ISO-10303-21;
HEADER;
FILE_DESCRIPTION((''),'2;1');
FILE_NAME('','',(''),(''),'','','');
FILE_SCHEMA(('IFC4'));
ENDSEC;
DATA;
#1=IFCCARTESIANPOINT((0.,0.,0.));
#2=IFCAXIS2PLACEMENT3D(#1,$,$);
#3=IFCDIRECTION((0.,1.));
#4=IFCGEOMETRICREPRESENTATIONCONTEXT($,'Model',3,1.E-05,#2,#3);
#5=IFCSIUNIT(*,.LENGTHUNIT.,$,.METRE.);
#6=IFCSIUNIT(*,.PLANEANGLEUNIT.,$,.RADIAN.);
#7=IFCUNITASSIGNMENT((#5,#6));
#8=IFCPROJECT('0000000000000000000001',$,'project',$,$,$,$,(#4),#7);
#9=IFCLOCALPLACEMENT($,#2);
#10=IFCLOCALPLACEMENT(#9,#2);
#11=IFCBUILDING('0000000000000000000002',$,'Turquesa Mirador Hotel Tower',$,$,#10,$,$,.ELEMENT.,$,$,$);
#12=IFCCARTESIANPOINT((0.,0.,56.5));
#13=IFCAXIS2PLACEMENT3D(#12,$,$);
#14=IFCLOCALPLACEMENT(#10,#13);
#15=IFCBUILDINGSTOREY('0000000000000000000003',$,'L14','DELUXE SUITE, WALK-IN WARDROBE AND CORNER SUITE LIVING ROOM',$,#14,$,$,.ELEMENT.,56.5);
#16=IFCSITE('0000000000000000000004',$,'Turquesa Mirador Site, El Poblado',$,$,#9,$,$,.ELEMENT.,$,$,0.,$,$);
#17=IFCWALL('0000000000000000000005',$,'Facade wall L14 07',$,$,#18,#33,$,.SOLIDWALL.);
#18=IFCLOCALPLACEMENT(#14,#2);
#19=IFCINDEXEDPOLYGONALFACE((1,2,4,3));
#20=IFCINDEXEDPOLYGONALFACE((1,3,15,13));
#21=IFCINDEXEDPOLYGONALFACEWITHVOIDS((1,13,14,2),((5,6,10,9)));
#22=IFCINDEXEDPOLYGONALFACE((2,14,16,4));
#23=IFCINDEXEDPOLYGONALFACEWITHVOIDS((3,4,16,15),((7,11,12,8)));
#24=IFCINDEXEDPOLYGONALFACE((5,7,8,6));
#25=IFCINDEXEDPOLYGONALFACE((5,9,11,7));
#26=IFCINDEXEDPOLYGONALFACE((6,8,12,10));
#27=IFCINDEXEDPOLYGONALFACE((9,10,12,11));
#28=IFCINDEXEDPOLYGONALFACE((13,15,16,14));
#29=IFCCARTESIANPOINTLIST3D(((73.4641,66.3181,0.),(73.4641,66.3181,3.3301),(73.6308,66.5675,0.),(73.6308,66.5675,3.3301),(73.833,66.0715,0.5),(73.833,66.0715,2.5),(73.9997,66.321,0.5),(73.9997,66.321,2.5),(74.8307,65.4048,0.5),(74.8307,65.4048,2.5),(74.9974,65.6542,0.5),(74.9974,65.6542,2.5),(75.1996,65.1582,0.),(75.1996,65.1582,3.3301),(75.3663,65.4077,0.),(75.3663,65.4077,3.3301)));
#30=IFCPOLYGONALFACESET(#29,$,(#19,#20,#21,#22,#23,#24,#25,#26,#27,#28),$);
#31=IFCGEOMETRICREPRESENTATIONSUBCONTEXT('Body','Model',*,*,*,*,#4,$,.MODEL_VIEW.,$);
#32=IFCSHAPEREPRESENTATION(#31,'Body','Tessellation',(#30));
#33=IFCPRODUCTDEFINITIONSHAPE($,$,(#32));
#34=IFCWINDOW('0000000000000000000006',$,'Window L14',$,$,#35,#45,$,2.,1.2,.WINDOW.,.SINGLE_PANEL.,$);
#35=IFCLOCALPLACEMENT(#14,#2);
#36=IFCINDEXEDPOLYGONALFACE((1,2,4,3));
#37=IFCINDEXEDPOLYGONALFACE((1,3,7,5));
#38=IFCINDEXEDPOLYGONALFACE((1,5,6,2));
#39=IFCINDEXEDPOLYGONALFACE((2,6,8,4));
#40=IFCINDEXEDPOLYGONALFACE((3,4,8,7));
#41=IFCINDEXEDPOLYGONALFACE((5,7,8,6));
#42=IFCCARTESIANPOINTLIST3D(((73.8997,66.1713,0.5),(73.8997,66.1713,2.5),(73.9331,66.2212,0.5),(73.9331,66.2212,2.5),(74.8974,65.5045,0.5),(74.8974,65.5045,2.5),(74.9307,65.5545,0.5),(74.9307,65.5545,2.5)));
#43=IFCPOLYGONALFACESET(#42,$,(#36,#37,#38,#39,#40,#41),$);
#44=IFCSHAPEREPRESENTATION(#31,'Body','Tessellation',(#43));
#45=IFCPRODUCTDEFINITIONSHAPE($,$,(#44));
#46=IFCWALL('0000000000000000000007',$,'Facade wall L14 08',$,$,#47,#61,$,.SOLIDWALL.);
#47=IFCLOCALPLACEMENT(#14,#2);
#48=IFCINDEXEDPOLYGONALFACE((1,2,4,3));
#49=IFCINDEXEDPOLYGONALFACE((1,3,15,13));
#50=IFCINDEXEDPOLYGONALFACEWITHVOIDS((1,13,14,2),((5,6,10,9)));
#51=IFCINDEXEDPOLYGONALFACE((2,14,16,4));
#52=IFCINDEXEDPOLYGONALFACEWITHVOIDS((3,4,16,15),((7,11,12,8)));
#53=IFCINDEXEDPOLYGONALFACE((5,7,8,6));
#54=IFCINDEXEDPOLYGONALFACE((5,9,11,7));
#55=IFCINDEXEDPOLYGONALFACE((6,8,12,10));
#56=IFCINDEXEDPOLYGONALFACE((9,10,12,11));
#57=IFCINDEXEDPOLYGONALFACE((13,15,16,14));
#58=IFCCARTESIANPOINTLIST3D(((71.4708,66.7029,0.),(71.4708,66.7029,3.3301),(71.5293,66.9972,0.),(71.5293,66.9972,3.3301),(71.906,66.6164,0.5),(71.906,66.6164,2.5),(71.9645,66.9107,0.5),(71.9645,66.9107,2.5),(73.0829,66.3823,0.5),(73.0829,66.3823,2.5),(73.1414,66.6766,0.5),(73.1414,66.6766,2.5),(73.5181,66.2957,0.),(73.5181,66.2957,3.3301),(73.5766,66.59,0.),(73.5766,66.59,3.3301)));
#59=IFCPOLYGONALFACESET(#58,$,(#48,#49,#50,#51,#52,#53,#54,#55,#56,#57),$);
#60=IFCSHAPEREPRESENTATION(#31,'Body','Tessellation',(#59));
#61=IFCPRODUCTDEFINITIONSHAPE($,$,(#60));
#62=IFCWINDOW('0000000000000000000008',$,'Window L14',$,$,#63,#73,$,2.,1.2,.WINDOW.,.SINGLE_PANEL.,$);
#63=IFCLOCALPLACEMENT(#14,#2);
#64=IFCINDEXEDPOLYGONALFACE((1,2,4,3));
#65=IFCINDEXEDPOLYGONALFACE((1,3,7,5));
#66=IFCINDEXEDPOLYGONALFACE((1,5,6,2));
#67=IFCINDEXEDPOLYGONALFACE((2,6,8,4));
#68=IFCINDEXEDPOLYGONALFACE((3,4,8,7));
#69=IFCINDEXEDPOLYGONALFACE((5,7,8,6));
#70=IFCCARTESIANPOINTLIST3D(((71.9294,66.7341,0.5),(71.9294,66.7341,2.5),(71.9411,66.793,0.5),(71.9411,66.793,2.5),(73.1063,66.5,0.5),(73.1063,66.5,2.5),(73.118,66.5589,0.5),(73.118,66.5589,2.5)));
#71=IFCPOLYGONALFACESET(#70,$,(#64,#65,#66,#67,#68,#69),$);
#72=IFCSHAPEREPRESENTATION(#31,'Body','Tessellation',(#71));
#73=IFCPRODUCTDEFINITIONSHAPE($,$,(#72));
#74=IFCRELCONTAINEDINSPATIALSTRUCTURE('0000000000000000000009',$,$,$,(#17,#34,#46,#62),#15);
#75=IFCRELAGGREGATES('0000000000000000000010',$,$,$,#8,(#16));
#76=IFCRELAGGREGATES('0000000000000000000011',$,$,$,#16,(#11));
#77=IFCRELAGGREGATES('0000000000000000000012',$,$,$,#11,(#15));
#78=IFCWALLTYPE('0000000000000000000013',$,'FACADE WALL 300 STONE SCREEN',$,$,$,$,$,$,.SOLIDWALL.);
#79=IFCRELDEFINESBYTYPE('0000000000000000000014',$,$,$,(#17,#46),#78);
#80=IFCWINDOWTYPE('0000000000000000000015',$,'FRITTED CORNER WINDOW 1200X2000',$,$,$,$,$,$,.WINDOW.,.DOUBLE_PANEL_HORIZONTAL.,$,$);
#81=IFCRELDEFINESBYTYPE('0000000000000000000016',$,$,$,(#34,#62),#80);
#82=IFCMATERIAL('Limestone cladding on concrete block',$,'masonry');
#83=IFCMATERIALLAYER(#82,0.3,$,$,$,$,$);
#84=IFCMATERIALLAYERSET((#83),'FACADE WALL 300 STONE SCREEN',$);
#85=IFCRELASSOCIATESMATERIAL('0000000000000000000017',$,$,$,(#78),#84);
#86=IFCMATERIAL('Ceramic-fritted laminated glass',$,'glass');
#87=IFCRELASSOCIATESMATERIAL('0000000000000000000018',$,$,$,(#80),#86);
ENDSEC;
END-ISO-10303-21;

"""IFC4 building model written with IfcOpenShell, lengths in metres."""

from ifc_helpers import new_model, si_unit, direction, frame, frame_2d, origin, place, context, subcontext, project, spatial, rectangle, extrude, material, layer, layer_set, type_object, element, fill, save


model = new_model("IFC4")

# Units and contexts
model_context = context("Model", 3, precision=1e-05, world=origin(), true_north=direction((0.0, 1.0)))
body_context = subcontext(model_context, "Body", "Model", "MODEL_VIEW")
ifc_project = project(units=[si_unit("LENGTHUNIT", "METRE"), si_unit("PLANEANGLEUNIT", "RADIAN")], contexts=[model_context])

# Site, building, storey
site_placement = place(None, origin())
site = spatial("IfcSite", under=ifc_project, at=site_placement, Name="Turquesa Mirador Site, El Poblado", CompositionType="ELEMENT", RefElevation=0.0)
building_placement = place(site_placement, origin())
building = spatial("IfcBuilding", under=site, at=building_placement, Name="Turquesa Mirador Hotel Tower", CompositionType="ELEMENT")
storey_placement = place(building_placement, frame((0.0, 0.0, 56.5)))
storey = spatial("IfcBuildingStorey", under=building, at=storey_placement, Name="L14", Description="DELUXE SUITE, WALK-IN WARDROBE AND CORNER SUITE LIVING ROOM", CompositionType="ELEMENT", Elevation=56.5)

# Walls, openings, windows
ifc_material_1 = material(Name="Limestone cladding on concrete block", Category="masonry")
ifc_layer = layer(ifc_material_1, 0.3)
ifc_layer_set = layer_set([ifc_layer], Name="FACADE WALL 300 STONE SCREEN")
wall_type = type_object("IfcWallType", Name="FACADE WALL 300 STONE SCREEN", PredefinedType="SOLIDWALL", material=ifc_layer_set)
ifc_material_2 = material(Name="Ceramic-fritted laminated glass", Category="glass")
window_type_1 = type_object("IfcWindowType", Name="FRITTED CORNER WINDOW 1200X2000", PartitioningType="DOUBLE_PANEL_HORIZONTAL", PredefinedType="WINDOW", material=ifc_material_2)
wall_1_placement = place(storey_placement, frame((75.283, 65.283, 0.0), z_axis=(0.0, 0.0, 1.0), x_axis=(-0.83142, 0.555644, 0.0)))
wall_1 = element("IfcWall", 1, at=wall_1_placement, inside=storey, type_object=wall_type, Name="Facade wall L14 07", PredefinedType="SOLIDWALL", context=body_context, shape_type="SweptSolid", body=[
    extrude(rectangle(XDim=2.0874, YDim=0.3, at=frame_2d((1.0437, 0.0))), origin(), (0.0, 0.0, 1.0), 3.3301),
])
opening_1_placement = place(wall_1_placement, frame((0.4436, 0.0, 0.5)))
opening_1 = element("IfcOpeningElement", 2, at=opening_1_placement, cuts=wall_1, PredefinedType="OPENING", context=body_context, shape_type="SweptSolid", body=[
    extrude(rectangle(XDim=1.2, YDim=2.0, at=frame_2d((0.6001, 1.0))), frame((0.0, 0.1599, 0.0), z_axis=(0.0, -1.0, 0.0), x_axis=(1.0, 0.0, 0.0)), (0.0, 0.0, 1.0), 0.3201),
])
window_1_placement = place(opening_1_placement, origin())
window_1 = element("IfcWindow", 3, at=window_1_placement, inside=storey, type_object=window_type_1, Name="Window L14", OverallHeight=2.0, OverallWidth=1.2, PartitioningType="SINGLE_PANEL", PredefinedType="WINDOW", context=body_context, shape_type="SweptSolid", body=[
    extrude(rectangle(XDim=1.2, YDim=2.0, at=frame_2d((0.6001, 1.0))), frame((0.0, 0.03, 0.0), z_axis=(0.0, -1.0, 0.0), x_axis=(1.0, 0.0, 0.0)), (0.0, 0.0, 1.0), 0.0601),
])
fill(opening_1, window_1)
wall_2_placement = place(storey_placement, frame((73.5474, 66.4429, 0.0), z_axis=(0.0, 0.0, 1.0), x_axis=(-0.980787, 0.195081, 0.0)))
wall_2 = element("IfcWall", 4, at=wall_2_placement, inside=storey, type_object=wall_type, Name="Facade wall L14 08", PredefinedType="SOLIDWALL", context=body_context, shape_type="SweptSolid", body=[
    extrude(rectangle(XDim=2.0874, YDim=0.3, at=frame_2d((1.0437, 0.0))), origin(), (0.0, 0.0, 1.0), 3.3301),
])
opening_2_placement = place(wall_2_placement, frame((0.4436, 0.0, 0.5)))
opening_2 = element("IfcOpeningElement", 5, at=opening_2_placement, cuts=wall_2, PredefinedType="OPENING", context=body_context, shape_type="SweptSolid", body=[
    extrude(rectangle(XDim=1.2, YDim=2.0, at=frame_2d((0.6001, 1.0))), frame((0.0, 0.1599, 0.0), z_axis=(0.0, -1.0, 0.0), x_axis=(1.0, 0.0, 0.0)), (0.0, 0.0, 1.0), 0.3201),
])
window_2_placement = place(opening_2_placement, origin())
window_2 = element("IfcWindow", 6, at=window_2_placement, inside=storey, type_object=window_type_1, Name="Window L14", OverallHeight=2.0, OverallWidth=1.2, PartitioningType="SINGLE_PANEL", PredefinedType="WINDOW", context=body_context, shape_type="SweptSolid", body=[
    extrude(rectangle(XDim=1.2, YDim=2.0, at=frame_2d((0.6001, 1.0))), frame((0.0, 0.03, 0.0), z_axis=(0.0, -1.0, 0.0), x_axis=(1.0, 0.0, 0.0)), (0.0, 0.0, 1.0), 0.0601),
])
fill(opening_2, window_2)

save(model, "model.ifc")
